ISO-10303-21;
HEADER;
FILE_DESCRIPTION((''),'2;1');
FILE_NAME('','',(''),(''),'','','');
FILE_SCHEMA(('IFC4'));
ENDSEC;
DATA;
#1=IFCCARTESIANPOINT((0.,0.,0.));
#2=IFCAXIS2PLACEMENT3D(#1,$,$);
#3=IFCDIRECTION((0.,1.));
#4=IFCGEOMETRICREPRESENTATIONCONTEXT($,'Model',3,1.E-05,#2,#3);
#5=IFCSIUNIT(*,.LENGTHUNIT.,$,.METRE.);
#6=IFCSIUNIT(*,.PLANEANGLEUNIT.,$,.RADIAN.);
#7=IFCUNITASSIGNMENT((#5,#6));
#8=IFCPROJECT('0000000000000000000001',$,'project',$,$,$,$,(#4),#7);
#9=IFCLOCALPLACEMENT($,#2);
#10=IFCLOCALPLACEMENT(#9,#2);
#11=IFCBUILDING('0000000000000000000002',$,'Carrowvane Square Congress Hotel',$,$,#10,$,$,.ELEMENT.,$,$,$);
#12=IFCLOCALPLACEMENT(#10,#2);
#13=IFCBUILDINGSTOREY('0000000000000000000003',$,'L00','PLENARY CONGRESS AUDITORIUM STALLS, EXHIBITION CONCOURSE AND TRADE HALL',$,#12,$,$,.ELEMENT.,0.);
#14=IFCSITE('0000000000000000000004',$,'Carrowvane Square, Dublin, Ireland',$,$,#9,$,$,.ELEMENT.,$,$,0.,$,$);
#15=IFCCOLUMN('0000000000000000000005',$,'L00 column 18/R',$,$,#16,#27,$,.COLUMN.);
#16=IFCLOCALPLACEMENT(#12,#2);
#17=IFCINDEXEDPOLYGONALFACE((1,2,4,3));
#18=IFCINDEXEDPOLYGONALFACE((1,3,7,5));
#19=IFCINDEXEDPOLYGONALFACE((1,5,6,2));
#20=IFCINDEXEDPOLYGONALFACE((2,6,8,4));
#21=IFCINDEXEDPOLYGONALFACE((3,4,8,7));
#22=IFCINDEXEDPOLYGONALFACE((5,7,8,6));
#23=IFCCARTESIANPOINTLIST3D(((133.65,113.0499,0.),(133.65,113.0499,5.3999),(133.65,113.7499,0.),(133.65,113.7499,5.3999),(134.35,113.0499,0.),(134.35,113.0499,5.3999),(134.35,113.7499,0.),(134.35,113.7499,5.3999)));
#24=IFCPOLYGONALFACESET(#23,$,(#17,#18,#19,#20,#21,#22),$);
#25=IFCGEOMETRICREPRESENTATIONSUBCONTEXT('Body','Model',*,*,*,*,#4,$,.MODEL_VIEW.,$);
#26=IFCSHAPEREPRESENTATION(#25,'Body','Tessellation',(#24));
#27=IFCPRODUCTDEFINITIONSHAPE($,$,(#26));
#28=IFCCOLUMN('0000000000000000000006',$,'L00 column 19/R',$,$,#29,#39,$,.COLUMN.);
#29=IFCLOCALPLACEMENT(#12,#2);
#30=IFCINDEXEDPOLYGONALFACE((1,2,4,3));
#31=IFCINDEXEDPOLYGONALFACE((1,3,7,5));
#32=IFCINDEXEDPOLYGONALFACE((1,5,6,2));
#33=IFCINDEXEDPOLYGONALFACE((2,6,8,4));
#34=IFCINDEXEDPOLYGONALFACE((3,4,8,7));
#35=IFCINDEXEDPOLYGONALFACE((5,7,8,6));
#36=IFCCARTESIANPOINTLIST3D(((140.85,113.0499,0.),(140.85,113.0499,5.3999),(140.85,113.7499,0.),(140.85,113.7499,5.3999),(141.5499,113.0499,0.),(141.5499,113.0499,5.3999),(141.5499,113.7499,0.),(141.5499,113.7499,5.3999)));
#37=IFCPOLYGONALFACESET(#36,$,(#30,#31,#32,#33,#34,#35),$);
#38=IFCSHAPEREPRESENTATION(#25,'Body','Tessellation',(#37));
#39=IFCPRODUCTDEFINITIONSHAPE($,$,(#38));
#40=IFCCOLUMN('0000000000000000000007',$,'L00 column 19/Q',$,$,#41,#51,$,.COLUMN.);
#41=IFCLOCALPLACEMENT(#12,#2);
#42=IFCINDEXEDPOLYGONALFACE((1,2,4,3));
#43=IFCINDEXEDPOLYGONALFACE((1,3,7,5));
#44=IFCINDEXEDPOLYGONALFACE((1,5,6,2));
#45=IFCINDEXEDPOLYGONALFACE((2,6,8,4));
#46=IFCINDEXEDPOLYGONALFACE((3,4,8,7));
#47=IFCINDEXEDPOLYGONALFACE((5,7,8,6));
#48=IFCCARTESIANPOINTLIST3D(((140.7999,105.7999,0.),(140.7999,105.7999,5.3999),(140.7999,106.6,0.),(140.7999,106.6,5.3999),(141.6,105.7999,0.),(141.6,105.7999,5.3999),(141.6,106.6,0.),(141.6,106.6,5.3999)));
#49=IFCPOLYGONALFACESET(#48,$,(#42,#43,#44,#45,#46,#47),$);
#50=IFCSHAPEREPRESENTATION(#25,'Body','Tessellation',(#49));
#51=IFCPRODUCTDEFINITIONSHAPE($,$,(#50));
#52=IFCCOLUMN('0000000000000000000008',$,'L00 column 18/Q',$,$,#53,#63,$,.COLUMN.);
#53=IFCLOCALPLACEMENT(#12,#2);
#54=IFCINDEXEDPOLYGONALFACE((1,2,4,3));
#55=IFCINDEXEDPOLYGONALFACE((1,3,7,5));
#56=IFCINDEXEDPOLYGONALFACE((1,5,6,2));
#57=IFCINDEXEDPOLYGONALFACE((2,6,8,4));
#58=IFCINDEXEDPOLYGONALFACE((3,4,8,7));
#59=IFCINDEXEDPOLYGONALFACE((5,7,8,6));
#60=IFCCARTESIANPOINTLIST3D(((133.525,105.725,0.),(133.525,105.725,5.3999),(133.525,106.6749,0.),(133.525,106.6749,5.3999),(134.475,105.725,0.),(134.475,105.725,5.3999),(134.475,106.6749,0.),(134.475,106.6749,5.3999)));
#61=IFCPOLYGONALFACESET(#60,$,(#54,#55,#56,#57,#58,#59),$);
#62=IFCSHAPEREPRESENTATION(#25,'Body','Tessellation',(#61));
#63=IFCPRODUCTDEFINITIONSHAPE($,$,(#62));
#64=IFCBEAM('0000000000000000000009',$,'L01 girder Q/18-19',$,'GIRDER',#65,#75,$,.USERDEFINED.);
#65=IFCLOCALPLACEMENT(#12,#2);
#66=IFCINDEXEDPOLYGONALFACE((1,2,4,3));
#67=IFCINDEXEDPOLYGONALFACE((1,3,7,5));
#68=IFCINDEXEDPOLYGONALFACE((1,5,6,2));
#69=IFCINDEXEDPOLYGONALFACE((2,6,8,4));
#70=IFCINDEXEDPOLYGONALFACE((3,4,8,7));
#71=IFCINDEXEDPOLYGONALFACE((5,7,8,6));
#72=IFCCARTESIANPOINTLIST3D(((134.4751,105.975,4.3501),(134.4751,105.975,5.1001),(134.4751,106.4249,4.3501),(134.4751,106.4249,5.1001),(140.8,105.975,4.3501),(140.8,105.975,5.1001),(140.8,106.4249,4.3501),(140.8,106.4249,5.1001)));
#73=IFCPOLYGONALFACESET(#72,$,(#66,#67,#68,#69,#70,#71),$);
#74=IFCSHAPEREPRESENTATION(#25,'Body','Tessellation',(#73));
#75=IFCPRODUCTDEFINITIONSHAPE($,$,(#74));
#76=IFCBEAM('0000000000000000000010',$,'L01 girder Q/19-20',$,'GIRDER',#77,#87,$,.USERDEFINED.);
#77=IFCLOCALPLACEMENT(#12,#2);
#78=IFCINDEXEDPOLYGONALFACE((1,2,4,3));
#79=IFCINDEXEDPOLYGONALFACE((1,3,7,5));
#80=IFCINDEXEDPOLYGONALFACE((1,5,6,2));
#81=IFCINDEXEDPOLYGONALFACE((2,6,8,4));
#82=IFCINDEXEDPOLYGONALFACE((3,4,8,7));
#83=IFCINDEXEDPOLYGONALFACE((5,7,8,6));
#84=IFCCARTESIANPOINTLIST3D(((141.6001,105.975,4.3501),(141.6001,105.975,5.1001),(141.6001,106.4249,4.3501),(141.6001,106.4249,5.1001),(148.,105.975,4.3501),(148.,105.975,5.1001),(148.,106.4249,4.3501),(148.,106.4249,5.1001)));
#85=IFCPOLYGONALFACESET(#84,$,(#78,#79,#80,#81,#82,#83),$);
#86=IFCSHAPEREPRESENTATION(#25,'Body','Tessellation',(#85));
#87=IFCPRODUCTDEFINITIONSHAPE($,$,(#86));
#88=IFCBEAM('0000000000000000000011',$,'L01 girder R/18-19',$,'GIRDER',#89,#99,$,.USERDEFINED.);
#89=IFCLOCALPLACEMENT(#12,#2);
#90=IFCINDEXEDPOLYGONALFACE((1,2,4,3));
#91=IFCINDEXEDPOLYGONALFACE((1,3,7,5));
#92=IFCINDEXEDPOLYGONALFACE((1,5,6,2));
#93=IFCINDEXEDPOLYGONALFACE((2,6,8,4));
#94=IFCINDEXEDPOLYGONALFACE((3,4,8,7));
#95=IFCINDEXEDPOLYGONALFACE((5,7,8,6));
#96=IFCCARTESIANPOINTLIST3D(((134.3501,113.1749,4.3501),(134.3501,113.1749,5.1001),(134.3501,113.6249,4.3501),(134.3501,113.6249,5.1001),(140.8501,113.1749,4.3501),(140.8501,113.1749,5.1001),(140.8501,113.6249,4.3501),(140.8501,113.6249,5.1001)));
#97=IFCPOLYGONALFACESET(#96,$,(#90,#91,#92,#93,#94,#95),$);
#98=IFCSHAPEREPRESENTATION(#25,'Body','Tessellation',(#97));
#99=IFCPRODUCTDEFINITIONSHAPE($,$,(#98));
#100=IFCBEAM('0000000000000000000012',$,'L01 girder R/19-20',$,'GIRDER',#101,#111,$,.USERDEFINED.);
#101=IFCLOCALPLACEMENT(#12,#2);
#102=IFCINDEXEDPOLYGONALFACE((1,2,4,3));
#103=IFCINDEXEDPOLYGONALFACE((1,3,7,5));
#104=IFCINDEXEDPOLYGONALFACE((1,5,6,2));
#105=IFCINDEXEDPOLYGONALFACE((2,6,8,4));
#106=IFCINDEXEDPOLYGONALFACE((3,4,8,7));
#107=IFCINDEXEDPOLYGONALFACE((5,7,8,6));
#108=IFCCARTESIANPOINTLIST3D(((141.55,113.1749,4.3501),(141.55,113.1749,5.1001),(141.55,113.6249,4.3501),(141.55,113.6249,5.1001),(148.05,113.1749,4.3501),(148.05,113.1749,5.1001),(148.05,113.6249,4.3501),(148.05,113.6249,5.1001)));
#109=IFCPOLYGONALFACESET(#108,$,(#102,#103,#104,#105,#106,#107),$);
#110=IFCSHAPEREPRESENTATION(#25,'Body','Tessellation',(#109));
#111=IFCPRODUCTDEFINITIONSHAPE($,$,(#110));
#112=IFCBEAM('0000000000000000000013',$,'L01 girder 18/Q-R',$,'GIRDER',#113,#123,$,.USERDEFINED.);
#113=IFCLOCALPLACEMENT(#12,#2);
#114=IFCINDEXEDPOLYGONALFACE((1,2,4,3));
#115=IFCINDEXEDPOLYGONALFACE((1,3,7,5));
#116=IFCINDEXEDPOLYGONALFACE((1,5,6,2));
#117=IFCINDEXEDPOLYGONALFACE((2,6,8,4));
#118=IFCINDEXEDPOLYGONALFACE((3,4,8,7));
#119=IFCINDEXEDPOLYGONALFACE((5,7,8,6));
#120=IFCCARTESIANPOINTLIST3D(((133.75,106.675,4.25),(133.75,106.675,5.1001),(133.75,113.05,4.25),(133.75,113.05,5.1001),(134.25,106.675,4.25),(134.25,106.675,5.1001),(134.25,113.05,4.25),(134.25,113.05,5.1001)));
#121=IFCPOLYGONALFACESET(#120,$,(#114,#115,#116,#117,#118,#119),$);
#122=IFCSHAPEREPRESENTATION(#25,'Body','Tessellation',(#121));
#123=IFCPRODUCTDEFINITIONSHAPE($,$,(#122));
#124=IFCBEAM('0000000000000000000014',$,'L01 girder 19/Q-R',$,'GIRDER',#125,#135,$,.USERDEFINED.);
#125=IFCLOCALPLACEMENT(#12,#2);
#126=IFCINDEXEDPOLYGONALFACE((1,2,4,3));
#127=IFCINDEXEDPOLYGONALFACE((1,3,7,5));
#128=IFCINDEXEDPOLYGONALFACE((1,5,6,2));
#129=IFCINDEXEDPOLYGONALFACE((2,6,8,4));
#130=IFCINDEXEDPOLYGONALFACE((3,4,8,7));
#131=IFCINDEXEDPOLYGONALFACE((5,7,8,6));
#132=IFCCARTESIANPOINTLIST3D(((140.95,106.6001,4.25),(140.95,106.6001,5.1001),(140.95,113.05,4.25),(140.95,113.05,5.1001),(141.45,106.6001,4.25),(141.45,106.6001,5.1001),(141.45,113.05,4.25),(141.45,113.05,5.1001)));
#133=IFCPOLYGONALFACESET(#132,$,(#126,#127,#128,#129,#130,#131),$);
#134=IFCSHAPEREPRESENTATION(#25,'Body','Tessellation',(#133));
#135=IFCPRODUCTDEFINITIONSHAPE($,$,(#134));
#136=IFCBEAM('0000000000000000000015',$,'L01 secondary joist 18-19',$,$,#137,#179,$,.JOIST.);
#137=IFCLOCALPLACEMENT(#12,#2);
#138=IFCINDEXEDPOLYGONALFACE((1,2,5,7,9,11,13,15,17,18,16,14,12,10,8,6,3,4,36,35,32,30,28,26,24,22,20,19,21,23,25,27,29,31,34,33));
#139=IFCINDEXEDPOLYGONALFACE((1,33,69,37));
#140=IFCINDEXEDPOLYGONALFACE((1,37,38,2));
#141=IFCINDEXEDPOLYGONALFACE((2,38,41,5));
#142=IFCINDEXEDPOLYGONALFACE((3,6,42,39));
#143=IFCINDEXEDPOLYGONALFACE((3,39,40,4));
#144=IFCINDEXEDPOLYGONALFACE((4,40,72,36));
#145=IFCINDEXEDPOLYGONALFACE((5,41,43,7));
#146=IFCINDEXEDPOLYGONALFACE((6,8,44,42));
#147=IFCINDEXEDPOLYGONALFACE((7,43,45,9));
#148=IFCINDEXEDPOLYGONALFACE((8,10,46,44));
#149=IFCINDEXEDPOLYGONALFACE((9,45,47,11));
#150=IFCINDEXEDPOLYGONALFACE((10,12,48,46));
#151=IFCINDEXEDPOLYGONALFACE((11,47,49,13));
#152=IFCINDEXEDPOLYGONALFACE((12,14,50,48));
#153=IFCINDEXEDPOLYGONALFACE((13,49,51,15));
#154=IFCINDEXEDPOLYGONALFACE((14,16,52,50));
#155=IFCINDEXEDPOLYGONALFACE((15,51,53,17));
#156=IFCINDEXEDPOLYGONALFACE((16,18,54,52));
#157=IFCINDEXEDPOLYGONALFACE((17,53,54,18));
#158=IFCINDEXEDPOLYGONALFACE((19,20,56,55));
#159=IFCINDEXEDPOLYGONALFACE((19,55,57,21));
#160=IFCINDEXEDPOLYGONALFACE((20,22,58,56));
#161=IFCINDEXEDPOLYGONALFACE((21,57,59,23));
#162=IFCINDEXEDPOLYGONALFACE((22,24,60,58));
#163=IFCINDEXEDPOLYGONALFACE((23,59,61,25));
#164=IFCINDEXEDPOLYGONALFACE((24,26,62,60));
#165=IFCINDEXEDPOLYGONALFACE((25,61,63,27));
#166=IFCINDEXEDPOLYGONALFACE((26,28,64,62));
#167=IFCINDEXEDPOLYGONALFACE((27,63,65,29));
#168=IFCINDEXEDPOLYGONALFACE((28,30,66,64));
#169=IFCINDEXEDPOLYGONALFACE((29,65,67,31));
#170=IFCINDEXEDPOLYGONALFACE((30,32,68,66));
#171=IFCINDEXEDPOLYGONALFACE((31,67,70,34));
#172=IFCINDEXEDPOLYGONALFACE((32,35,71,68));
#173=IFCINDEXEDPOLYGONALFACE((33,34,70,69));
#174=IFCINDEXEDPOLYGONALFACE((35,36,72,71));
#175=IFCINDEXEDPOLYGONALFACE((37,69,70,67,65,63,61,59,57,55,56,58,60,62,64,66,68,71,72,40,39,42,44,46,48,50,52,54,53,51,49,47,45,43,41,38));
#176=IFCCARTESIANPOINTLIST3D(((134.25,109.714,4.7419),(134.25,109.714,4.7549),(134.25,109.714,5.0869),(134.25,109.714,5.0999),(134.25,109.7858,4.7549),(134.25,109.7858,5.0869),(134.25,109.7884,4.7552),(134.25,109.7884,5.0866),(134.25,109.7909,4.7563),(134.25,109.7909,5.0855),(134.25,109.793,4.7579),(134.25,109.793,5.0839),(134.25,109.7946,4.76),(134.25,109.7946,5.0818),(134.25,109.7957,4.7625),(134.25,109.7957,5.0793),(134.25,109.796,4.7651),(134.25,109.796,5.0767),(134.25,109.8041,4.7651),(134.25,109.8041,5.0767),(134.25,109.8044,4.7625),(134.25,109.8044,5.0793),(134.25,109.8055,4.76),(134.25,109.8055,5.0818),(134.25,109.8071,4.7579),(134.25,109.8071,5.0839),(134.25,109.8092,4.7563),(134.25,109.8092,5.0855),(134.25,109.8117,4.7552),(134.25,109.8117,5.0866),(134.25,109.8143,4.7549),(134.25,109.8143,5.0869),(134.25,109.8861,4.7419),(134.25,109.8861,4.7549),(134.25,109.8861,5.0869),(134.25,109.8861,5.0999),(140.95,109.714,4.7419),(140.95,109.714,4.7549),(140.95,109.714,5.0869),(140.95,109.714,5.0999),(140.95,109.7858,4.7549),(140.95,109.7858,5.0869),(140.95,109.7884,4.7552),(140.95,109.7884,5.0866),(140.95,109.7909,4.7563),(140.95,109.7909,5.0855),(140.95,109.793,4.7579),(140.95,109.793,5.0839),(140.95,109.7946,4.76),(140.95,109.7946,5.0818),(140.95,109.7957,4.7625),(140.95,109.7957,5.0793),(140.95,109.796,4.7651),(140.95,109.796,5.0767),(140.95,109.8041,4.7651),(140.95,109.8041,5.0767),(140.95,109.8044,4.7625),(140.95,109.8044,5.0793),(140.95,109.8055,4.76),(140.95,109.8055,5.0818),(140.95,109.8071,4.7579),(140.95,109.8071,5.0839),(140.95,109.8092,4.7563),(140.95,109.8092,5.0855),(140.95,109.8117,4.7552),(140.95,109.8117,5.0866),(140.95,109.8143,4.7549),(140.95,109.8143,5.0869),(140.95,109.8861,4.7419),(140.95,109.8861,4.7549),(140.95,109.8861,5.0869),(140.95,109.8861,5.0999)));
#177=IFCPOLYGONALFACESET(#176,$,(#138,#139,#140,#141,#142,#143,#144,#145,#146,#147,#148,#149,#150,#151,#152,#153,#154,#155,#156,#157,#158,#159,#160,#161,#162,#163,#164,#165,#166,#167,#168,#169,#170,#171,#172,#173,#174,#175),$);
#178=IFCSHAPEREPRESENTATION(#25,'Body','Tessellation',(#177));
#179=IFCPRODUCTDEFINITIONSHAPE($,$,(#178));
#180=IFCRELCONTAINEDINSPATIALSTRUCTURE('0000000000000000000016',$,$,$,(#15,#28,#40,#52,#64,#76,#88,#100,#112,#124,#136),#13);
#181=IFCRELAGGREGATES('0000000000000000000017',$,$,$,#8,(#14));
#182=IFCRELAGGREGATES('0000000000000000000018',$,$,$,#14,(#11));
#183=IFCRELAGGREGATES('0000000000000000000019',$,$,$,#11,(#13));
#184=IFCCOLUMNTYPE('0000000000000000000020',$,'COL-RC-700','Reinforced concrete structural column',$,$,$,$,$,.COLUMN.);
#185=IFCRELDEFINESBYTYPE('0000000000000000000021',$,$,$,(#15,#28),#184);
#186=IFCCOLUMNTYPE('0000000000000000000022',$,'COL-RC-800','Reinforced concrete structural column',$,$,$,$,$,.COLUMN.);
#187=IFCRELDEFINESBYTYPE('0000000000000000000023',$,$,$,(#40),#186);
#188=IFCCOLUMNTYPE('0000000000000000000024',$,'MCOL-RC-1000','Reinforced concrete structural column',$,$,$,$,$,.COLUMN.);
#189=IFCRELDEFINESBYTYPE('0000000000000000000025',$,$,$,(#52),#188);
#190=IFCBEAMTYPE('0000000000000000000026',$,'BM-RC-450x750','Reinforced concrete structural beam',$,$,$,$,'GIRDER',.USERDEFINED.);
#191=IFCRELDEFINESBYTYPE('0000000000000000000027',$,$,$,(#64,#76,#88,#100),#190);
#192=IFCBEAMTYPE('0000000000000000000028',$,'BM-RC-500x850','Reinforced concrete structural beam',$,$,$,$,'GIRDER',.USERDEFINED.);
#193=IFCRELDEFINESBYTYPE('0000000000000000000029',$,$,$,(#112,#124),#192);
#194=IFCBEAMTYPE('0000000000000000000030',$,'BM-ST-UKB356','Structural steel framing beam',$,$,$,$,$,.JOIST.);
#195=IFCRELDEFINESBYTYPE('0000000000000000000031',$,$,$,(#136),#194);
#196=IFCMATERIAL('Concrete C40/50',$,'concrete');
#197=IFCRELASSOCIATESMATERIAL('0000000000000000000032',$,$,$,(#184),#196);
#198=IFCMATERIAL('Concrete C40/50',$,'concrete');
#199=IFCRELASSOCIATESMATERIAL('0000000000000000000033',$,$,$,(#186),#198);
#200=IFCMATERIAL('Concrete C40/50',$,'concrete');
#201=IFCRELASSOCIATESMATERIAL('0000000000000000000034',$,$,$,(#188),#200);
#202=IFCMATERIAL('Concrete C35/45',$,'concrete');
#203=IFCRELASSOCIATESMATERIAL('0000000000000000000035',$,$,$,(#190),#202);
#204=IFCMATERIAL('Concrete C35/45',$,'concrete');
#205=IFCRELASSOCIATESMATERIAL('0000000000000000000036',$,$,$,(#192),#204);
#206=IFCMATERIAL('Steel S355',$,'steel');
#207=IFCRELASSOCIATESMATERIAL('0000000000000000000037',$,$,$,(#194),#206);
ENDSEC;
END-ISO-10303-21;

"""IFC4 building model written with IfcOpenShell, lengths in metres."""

from ifc_helpers import new_model, si_unit, direction, frame, origin, origin_2d, place, context, subcontext, project, spatial, rectangle, i_section, extrude, material, material_profile, profile_set, type_object, element, save


model = new_model("IFC4")

# Units and contexts
model_context = context("Model", 3, precision=1e-05, world=origin(), true_north=direction((0.0, 1.0)))
body_context = subcontext(model_context, "Body", "Model", "MODEL_VIEW")
ifc_project = project(units=[si_unit("LENGTHUNIT", "METRE"), si_unit("PLANEANGLEUNIT", "RADIAN")], contexts=[model_context])

# Site, building, storey
site_placement = place(None, origin())
site = spatial("IfcSite", under=ifc_project, at=site_placement, Name="Carrowvane Square, Dublin, Ireland", CompositionType="ELEMENT", RefElevation=0.0)
building_placement = place(site_placement, origin())
building = spatial("IfcBuilding", under=site, at=building_placement, Name="Carrowvane Square Congress Hotel", CompositionType="ELEMENT")
storey_placement = place(building_placement, origin())
storey = spatial("IfcBuildingStorey", under=building, at=storey_placement, Name="L00", Description="PLENARY CONGRESS AUDITORIUM STALLS, EXHIBITION CONCOURSE AND TRADE HALL", CompositionType="ELEMENT", Elevation=0.0)

# Columns
ifc_material_1 = material(Name="Concrete C40/50", Category="concrete")
ifc_material_profile_1 = material_profile(ifc_material_1, rectangle(XDim=0.7, YDim=0.7, at=origin_2d()), Name="RC 700x700")
ifc_profile_set_1 = profile_set([ifc_material_profile_1], Name="Concrete C40/50")
column_type_1 = type_object("IfcColumnType", Name="COL-RC-700", Description="Reinforced concrete structural column", PredefinedType="COLUMN", material=ifc_profile_set_1)
for number, where, z_axis, x_axis, name in (
    (1, (134.0, 113.3999, 0.0), (0.0, 0.0, 1.0), (1.0, 0.0, 0.0), "L00 column 18/R"),
    (2, (141.2, 113.3999, 0.0), (0.0, 0.0, 1.0), (1.0, 0.0, 0.0), "L00 column 19/R"),
):
    element("IfcColumn", number, at=place(storey_placement, frame(where, z_axis=z_axis, x_axis=x_axis)), inside=storey, type_object=column_type_1, Name=name, PredefinedType="COLUMN", context=body_context, shape_type="SweptSolid", body=[
        extrude(rectangle(XDim=0.7, YDim=0.7, at=origin_2d()), origin(), (0.0, 0.0, 1.0), 5.3999),
    ])
ifc_material_2 = material(Name="Concrete C40/50", Category="concrete")
ifc_material_profile_2 = material_profile(ifc_material_2, rectangle(XDim=0.8, YDim=0.8, at=origin_2d()), Name="RC 800x800")
ifc_profile_set_2 = profile_set([ifc_material_profile_2], Name="Concrete C40/50")
column_type_2 = type_object("IfcColumnType", Name="COL-RC-800", Description="Reinforced concrete structural column", PredefinedType="COLUMN", material=ifc_profile_set_2)
column_1_placement = place(storey_placement, frame((141.2, 106.2, 0.0), z_axis=(0.0, 0.0, 1.0), x_axis=(1.0, 0.0, 0.0)))
element("IfcColumn", 3, at=column_1_placement, inside=storey, type_object=column_type_2, Name="L00 column 19/Q", PredefinedType="COLUMN", context=body_context, shape_type="SweptSolid", body=[
    extrude(rectangle(XDim=0.8, YDim=0.8, at=origin_2d()), origin(), (0.0, 0.0, 1.0), 5.3999),
])
ifc_material_3 = material(Name="Concrete C40/50", Category="concrete")
ifc_material_profile_3 = material_profile(ifc_material_3, rectangle(XDim=0.95, YDim=0.95, at=origin_2d()), Name="RC 950x950")
ifc_profile_set_3 = profile_set([ifc_material_profile_3], Name="Concrete C40/50")
column_type_3 = type_object("IfcColumnType", Name="MCOL-RC-1000", Description="Reinforced concrete structural column", PredefinedType="COLUMN", material=ifc_profile_set_3)
column_2_placement = place(storey_placement, frame((134.0, 106.2, 0.0), z_axis=(0.0, 0.0, 1.0), x_axis=(1.0, 0.0, 0.0)))
element("IfcColumn", 4, at=column_2_placement, inside=storey, type_object=column_type_3, Name="L00 column 18/Q", PredefinedType="COLUMN", context=body_context, shape_type="SweptSolid", body=[
    extrude(rectangle(XDim=0.95, YDim=0.95, at=origin_2d()), origin(), (0.0, 0.0, 1.0), 5.3999),
])

# Beams
ifc_material_4 = material(Name="Concrete C35/45", Category="concrete")
ifc_material_profile_4 = material_profile(ifc_material_4, rectangle(XDim=0.45, YDim=0.75, at=origin_2d()), Name="RC 450x750")
ifc_profile_set_4 = profile_set([ifc_material_profile_4], Name="Concrete C35/45")
beam_type_1 = type_object("IfcBeamType", Name="BM-RC-450x750", Description="Reinforced concrete structural beam", ElementType="GIRDER", PredefinedType="USERDEFINED", material=ifc_profile_set_4)
beam_1_placement = place(storey_placement, frame((134.4751, 106.2, 4.7251), z_axis=(1.0, 0.0, 0.0), x_axis=(0.0, 1.0, 0.0)))
element("IfcBeam", 5, at=beam_1_placement, inside=storey, type_object=beam_type_1, Name="L01 girder Q/18-19", ObjectType="GIRDER", PredefinedType="USERDEFINED", context=body_context, shape_type="SweptSolid", body=[
    extrude(rectangle(XDim=0.45, YDim=0.75, at=origin_2d()), origin(), (0.0, 0.0, 1.0), 6.325),
])
beam_2_placement = place(storey_placement, frame((141.6001, 106.2, 4.7251), z_axis=(1.0, 0.0, 0.0), x_axis=(0.0, 1.0, 0.0)))
element("IfcBeam", 6, at=beam_2_placement, inside=storey, type_object=beam_type_1, Name="L01 girder Q/19-20", ObjectType="GIRDER", PredefinedType="USERDEFINED", context=body_context, shape_type="SweptSolid", body=[
    extrude(rectangle(XDim=0.45, YDim=0.75, at=origin_2d()), origin(), (0.0, 0.0, 1.0), 6.3999),
])
for number, where, z_axis, x_axis, name in (
    (7, (134.3501, 113.3999, 4.7251), (1.0, 0.0, 0.0), (0.0, 1.0, 0.0), "L01 girder R/18-19"),
    (8, (141.55, 113.3999, 4.7251), (1.0, 0.0, 0.0), (0.0, 1.0, 0.0), "L01 girder R/19-20"),
):
    element("IfcBeam", number, at=place(storey_placement, frame(where, z_axis=z_axis, x_axis=x_axis)), inside=storey, type_object=beam_type_1, Name=name, ObjectType="GIRDER", PredefinedType="USERDEFINED", context=body_context, shape_type="SweptSolid", body=[
        extrude(rectangle(XDim=0.45, YDim=0.75, at=origin_2d()), origin(), (0.0, 0.0, 1.0), 6.5),
    ])
ifc_material_5 = material(Name="Concrete C35/45", Category="concrete")
ifc_material_profile_5 = material_profile(ifc_material_5, rectangle(XDim=0.5, YDim=0.8501, at=origin_2d()), Name="RC 500x850")
ifc_profile_set_5 = profile_set([ifc_material_profile_5], Name="Concrete C35/45")
beam_type_2 = type_object("IfcBeamType", Name="BM-RC-500x850", Description="Reinforced concrete structural beam", ElementType="GIRDER", PredefinedType="USERDEFINED", material=ifc_profile_set_5)
beam_3_placement = place(storey_placement, frame((134.0, 106.675, 4.675), z_axis=(0.0, 1.0, 0.0), x_axis=(-1.0, 0.0, 0.0)))
element("IfcBeam", 9, at=beam_3_placement, inside=storey, type_object=beam_type_2, Name="L01 girder 18/Q-R", ObjectType="GIRDER", PredefinedType="USERDEFINED", context=body_context, shape_type="SweptSolid", body=[
    extrude(rectangle(XDim=0.5, YDim=0.8501, at=origin_2d()), origin(), (0.0, 0.0, 1.0), 6.375),
])
beam_4_placement = place(storey_placement, frame((141.2, 106.6001, 4.675), z_axis=(0.0, 1.0, 0.0), x_axis=(-1.0, 0.0, 0.0)))
element("IfcBeam", 10, at=beam_4_placement, inside=storey, type_object=beam_type_2, Name="L01 girder 19/Q-R", ObjectType="GIRDER", PredefinedType="USERDEFINED", context=body_context, shape_type="SweptSolid", body=[
    extrude(rectangle(XDim=0.5, YDim=0.8501, at=origin_2d()), origin(), (0.0, 0.0, 1.0), 6.45),
])
ifc_material_6 = material(Name="Steel S355", Category="steel")
ifc_material_profile_6 = material_profile(ifc_material_6, i_section(OverallWidth=0.1721, OverallDepth=0.3579, WebThickness=0.0081, FlangeThickness=0.0129, FilletRadius=0.0103, at=origin_2d()), Name="UKB 356x171x57")
ifc_profile_set_6 = profile_set([ifc_material_profile_6], Name="Steel S355")
beam_type_3 = type_object("IfcBeamType", Name="BM-ST-UKB356", Description="Structural steel framing beam", PredefinedType="JOIST", material=ifc_profile_set_6)
for number, where, z_axis, x_axis, name in (
    (11, (134.25, 109.8, 4.9209), (1.0, 0.0, 0.0), (0.0, 1.0, 0.0), "L01 secondary joist 18-19"),
):
    element("IfcBeam", number, at=place(storey_placement, frame(where, z_axis=z_axis, x_axis=x_axis)), inside=storey, type_object=beam_type_3, Name=name, PredefinedType="JOIST", context=body_context, shape_type="SweptSolid", body=[
        extrude(i_section(OverallWidth=0.1721, OverallDepth=0.3579, WebThickness=0.0081, FlangeThickness=0.0129, FilletRadius=0.0103, at=origin_2d()), origin(), (0.0, 0.0, 1.0), 6.7),
    ])

save(model, "model.ifc")
